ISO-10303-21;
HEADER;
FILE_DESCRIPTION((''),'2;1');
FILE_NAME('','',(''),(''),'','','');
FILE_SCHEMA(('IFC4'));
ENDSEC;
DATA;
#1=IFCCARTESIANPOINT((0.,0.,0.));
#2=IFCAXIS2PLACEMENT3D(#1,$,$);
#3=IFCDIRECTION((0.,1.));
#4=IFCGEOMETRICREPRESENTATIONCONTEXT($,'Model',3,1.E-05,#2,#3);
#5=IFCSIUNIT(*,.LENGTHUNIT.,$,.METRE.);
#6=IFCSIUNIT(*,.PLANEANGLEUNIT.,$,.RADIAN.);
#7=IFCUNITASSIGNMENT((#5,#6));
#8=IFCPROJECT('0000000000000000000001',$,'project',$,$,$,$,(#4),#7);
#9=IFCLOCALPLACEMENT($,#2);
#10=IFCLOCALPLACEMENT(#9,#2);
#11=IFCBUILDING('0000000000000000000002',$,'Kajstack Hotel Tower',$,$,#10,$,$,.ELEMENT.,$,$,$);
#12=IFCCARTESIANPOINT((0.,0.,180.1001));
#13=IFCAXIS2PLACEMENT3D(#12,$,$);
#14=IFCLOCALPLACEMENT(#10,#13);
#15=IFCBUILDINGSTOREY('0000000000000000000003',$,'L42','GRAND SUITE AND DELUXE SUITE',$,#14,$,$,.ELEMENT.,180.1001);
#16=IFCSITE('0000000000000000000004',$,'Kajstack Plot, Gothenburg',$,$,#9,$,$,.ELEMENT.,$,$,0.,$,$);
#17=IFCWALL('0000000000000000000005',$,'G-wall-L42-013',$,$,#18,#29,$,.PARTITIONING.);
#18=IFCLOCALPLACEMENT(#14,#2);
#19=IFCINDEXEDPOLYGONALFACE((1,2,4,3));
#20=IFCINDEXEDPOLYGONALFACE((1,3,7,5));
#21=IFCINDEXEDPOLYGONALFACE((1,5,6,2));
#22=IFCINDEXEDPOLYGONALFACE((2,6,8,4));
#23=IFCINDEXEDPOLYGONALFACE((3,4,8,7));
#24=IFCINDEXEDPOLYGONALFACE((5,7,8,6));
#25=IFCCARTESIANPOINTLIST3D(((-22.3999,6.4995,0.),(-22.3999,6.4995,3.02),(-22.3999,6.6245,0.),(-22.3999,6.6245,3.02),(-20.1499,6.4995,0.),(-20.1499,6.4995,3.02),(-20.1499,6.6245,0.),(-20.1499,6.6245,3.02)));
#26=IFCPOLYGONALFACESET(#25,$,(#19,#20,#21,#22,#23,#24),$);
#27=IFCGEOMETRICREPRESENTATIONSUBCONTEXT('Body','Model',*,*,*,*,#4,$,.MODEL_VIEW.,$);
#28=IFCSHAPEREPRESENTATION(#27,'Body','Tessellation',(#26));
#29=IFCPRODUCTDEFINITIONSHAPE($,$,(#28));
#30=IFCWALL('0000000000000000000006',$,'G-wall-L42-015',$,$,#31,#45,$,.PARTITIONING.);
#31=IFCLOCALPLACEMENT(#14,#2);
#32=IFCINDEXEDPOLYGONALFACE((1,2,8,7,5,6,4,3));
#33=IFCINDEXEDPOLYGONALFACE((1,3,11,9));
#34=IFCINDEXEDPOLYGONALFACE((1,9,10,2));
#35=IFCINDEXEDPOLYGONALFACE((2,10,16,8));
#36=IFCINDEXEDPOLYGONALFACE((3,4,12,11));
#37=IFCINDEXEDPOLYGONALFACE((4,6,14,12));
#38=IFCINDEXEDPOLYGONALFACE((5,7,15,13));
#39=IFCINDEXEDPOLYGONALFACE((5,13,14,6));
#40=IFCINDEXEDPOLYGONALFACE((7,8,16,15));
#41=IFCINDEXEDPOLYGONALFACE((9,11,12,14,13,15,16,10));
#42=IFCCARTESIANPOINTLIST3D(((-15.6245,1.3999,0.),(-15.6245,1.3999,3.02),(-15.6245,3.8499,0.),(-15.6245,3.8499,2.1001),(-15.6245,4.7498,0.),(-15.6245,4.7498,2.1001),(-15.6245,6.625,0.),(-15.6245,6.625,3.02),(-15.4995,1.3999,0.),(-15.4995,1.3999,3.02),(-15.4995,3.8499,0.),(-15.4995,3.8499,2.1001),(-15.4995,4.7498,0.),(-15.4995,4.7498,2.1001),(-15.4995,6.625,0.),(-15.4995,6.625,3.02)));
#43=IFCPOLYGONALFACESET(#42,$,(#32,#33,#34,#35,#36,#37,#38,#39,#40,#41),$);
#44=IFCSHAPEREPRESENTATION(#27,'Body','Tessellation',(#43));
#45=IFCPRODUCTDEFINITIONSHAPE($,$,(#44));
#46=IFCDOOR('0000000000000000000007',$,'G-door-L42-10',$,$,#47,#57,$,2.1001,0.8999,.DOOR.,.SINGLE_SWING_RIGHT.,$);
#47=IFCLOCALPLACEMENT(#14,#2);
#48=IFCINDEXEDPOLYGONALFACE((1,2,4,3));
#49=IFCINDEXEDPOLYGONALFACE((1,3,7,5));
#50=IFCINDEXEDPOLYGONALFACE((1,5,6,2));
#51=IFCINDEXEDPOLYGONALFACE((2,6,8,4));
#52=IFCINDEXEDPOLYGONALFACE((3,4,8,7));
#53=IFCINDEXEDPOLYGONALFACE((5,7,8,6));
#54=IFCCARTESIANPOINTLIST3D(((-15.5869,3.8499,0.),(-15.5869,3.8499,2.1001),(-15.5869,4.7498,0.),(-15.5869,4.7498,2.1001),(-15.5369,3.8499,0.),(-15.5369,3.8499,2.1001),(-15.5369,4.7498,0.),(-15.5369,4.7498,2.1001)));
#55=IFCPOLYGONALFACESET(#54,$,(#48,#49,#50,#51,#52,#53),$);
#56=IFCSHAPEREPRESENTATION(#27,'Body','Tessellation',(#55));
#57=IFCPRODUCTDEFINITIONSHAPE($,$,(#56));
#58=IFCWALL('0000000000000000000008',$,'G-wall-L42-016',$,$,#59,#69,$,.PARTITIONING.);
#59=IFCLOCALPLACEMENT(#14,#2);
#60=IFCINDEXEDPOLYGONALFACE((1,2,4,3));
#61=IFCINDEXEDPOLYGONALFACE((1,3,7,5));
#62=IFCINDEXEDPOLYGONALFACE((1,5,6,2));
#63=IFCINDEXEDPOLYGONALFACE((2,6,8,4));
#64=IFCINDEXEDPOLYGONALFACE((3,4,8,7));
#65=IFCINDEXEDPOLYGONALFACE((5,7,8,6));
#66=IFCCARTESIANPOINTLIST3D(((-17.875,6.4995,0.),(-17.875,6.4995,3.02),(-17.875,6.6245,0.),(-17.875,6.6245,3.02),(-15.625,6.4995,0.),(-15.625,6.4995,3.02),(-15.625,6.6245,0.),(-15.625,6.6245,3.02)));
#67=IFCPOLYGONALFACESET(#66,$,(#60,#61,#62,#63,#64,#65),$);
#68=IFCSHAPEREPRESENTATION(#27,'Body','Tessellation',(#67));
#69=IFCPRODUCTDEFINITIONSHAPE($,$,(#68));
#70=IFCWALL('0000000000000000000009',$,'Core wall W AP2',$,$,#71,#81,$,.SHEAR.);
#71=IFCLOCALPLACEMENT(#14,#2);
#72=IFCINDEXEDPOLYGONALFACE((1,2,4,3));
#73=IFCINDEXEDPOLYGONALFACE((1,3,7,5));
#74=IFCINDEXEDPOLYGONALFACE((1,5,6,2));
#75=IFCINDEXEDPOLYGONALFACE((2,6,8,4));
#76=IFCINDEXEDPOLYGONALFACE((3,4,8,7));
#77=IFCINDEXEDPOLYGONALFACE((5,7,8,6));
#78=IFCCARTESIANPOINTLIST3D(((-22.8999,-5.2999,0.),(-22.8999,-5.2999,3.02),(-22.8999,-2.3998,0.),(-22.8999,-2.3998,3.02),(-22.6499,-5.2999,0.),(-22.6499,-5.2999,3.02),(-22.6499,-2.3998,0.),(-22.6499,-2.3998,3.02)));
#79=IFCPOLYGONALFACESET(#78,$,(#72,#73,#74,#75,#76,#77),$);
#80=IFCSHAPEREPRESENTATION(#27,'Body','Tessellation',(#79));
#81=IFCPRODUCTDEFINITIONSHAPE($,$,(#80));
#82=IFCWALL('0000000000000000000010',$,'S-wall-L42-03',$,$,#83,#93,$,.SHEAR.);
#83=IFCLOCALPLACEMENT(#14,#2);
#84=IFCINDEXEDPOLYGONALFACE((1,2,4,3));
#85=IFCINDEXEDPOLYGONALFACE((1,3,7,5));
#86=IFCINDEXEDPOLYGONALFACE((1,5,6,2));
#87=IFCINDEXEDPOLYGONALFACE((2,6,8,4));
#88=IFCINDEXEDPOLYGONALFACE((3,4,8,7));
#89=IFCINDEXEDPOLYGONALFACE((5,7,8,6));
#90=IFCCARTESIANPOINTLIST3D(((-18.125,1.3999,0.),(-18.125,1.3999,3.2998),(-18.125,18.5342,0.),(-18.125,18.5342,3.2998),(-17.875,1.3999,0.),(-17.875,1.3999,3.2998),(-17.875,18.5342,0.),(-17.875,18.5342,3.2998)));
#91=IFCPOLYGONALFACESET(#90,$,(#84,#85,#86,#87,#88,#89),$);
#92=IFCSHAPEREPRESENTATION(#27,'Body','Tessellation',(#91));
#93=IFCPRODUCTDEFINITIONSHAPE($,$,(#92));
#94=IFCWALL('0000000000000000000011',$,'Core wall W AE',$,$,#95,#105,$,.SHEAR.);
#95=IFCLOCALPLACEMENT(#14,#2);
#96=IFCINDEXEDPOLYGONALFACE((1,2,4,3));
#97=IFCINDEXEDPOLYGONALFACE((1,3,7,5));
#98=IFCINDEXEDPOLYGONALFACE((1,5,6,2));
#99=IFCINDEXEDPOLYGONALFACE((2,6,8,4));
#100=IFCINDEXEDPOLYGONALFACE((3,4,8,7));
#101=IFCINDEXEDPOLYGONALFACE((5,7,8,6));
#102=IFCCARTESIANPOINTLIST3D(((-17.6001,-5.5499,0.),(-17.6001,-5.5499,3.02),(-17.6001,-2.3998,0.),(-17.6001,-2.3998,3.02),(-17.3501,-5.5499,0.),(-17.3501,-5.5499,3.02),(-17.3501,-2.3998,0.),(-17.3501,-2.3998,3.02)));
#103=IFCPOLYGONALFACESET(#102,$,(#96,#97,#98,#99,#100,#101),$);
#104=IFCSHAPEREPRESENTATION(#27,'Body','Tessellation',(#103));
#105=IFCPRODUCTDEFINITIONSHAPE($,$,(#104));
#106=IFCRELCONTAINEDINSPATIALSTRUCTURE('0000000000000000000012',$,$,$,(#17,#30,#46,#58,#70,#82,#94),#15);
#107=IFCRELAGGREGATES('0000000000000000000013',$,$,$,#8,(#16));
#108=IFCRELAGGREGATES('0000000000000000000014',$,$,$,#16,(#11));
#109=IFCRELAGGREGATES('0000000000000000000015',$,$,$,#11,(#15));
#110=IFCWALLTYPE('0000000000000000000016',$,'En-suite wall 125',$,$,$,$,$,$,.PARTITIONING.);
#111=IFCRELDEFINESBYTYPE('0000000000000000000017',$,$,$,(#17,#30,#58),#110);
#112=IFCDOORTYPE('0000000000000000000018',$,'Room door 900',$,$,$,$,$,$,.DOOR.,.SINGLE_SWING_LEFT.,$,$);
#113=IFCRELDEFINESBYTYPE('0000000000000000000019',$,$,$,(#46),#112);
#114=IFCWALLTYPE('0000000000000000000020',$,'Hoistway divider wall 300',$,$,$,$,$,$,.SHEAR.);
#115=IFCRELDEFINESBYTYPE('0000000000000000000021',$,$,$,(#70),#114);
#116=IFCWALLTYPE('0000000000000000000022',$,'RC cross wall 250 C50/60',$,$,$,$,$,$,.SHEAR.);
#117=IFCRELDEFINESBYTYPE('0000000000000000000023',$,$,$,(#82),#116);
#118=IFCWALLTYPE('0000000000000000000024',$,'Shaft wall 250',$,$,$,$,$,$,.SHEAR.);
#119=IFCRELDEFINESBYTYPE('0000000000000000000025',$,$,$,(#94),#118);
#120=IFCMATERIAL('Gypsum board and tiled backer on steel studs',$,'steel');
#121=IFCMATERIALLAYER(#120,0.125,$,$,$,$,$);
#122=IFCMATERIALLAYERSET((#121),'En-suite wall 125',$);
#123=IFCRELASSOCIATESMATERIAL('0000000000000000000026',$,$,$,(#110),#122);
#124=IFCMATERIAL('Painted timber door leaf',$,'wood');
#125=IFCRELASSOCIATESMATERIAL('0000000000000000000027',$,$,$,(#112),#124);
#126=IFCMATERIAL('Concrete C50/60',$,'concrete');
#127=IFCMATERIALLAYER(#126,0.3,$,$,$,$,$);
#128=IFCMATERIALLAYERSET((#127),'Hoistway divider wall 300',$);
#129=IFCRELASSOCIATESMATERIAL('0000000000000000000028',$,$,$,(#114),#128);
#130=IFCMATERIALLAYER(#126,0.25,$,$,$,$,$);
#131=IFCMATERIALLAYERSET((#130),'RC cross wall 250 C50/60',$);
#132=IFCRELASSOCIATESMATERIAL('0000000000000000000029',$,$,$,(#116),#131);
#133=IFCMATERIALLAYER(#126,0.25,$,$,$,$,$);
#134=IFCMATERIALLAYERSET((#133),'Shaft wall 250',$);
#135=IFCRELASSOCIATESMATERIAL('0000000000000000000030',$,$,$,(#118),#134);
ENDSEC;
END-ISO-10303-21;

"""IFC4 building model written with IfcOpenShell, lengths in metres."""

from ifc_helpers import new_model, si_unit, direction, frame, frame_2d, origin, place, context, subcontext, project, spatial, rectangle, extrude, material, layer, layer_set, type_object, element, fill, save


model = new_model("IFC4")

# Units and contexts
model_context = context("Model", 3, precision=1e-05, world=origin(), true_north=direction((0.0, 1.0)))
body_context = subcontext(model_context, "Body", "Model", "MODEL_VIEW")
ifc_project = project(units=[si_unit("LENGTHUNIT", "METRE"), si_unit("PLANEANGLEUNIT", "RADIAN")], contexts=[model_context])

# Site, building, storey
site_placement = place(None, origin())
site = spatial("IfcSite", under=ifc_project, at=site_placement, Name="Kajstack Plot, Gothenburg", CompositionType="ELEMENT", RefElevation=0.0)
building_placement = place(site_placement, origin())
building = spatial("IfcBuilding", under=site, at=building_placement, Name="Kajstack Hotel Tower", CompositionType="ELEMENT")
storey_placement = place(building_placement, frame((0.0, 0.0, 180.1001)))
storey = spatial("IfcBuildingStorey", under=building, at=storey_placement, Name="L42", Description="GRAND SUITE AND DELUXE SUITE", CompositionType="ELEMENT", Elevation=180.1001)

# Shared definitions
ifc_material_1 = material(Name="Gypsum board and tiled backer on steel studs", Category="steel")
ifc_layer_1 = layer(ifc_material_1, 0.125)
ifc_layer_set_1 = layer_set([ifc_layer_1], Name="En-suite wall 125")
wall_type_1 = type_object("IfcWallType", Name="En-suite wall 125", PredefinedType="PARTITIONING", material=ifc_layer_set_1)
ifc_material_2 = material(Name="Painted timber door leaf", Category="wood")
door_type_1 = type_object("IfcDoorType", Name="Room door 900", OperationType="SINGLE_SWING_LEFT", PredefinedType="DOOR", material=ifc_material_2)

# Wall
wall_1_placement = place(storey_placement, frame((-22.3999, 6.562, 0.0), z_axis=(0.0, 0.0, 1.0), x_axis=(1.0, 0.0, 0.0)))
element("IfcWall", 1, at=wall_1_placement, inside=storey, type_object=wall_type_1, Name="G-wall-L42-013", PredefinedType="PARTITIONING", context=body_context, shape_type="SweptSolid", body=[
    extrude(rectangle(XDim=2.25, YDim=0.125, at=frame_2d((1.125, 0.0))), origin(), (0.0, 0.0, 1.0), 3.02),
])

# Wall, opening, door
wall_2_placement = place(storey_placement, frame((-15.562, 1.3999, 0.0), z_axis=(0.0, 0.0, 1.0), x_axis=(0.0, 1.0, 0.0)))
wall_2 = element("IfcWall", 2, at=wall_2_placement, inside=storey, type_object=wall_type_1, Name="G-wall-L42-015", PredefinedType="PARTITIONING", context=body_context, shape_type="SweptSolid", body=[
    extrude(rectangle(XDim=5.2251, YDim=0.125, at=frame_2d((2.6125, 0.0))), origin(), (0.0, 0.0, 1.0), 3.02),
])
opening_1_placement = place(wall_2_placement, frame((2.45, 0.0, 0.0)))
opening_1 = element("IfcOpeningElement", 3, at=opening_1_placement, cuts=wall_2, PredefinedType="OPENING", context=body_context, shape_type="SweptSolid", body=[
    extrude(rectangle(XDim=0.8999, YDim=2.1001, at=frame_2d((0.45, 1.05))), frame((0.0, 0.0725, 0.0), z_axis=(0.0, -1.0, 0.0), x_axis=(1.0, 0.0, 0.0)), (0.0, 0.0, 1.0), 0.145),
])
door_1_placement = place(opening_1_placement, origin())
door_1 = element("IfcDoor", 4, at=door_1_placement, inside=storey, type_object=door_type_1, Name="G-door-L42-10", OperationType="SINGLE_SWING_RIGHT", OverallHeight=2.1001, OverallWidth=0.8999, PredefinedType="DOOR", context=body_context, shape_type="SweptSolid", body=[
    extrude(rectangle(XDim=0.8999, YDim=2.1001, at=frame_2d((0.45, 1.05))), frame((0.0, 0.0249, 0.0), z_axis=(0.0, -1.0, 0.0), x_axis=(1.0, 0.0, 0.0)), (0.0, 0.0, 1.0), 0.05),
])
fill(opening_1, door_1)

# Walls
wall_3_placement = place(storey_placement, frame((-17.875, 6.562, 0.0), z_axis=(0.0, 0.0, 1.0), x_axis=(1.0, 0.0, 0.0)))
element("IfcWall", 5, at=wall_3_placement, inside=storey, type_object=wall_type_1, Name="G-wall-L42-016", PredefinedType="PARTITIONING", context=body_context, shape_type="SweptSolid", body=[
    extrude(rectangle(XDim=2.25, YDim=0.125, at=frame_2d((1.125, 0.0))), origin(), (0.0, 0.0, 1.0), 3.02),
])
ifc_material_3 = material(Name="Concrete C50/60", Category="concrete")
ifc_layer_2 = layer(ifc_material_3, 0.3)
ifc_layer_set_2 = layer_set([ifc_layer_2], Name="Hoistway divider wall 300")
wall_type_2 = type_object("IfcWallType", Name="Hoistway divider wall 300", PredefinedType="SHEAR", material=ifc_layer_set_2)
wall_4_placement = place(storey_placement, frame((-22.7749, -5.3, 0.0), z_axis=(0.0, 0.0, 1.0), x_axis=(0.0, 1.0, 0.0)))
element("IfcWall", 6, at=wall_4_placement, inside=storey, type_object=wall_type_2, Name="Core wall W AP2", PredefinedType="SHEAR", context=body_context, shape_type="SweptSolid", body=[
    extrude(rectangle(XDim=2.9001, YDim=0.25, at=frame_2d((1.4502, 0.0))), origin(), (0.0, 0.0, 1.0), 3.02),
])
ifc_layer_3 = layer(ifc_material_3, 0.25)
ifc_layer_set_3 = layer_set([ifc_layer_3], Name="RC cross wall 250 C50/60")
wall_type_3 = type_object("IfcWallType", Name="RC cross wall 250 C50/60", PredefinedType="SHEAR", material=ifc_layer_set_3)
wall_5_placement = place(storey_placement, frame((-18.0, 1.3999, 0.0), z_axis=(0.0, 0.0, 1.0), x_axis=(0.0, 1.0, 0.0)))
element("IfcWall", 7, at=wall_5_placement, inside=storey, type_object=wall_type_3, Name="S-wall-L42-03", PredefinedType="SHEAR", context=body_context, shape_type="SweptSolid", body=[
    extrude(rectangle(XDim=17.1343, YDim=0.25, at=frame_2d((8.5671, 0.0))), origin(), (0.0, 0.0, 1.0), 3.2998),
])
ifc_layer_4 = layer(ifc_material_3, 0.25)
ifc_layer_set_4 = layer_set([ifc_layer_4], Name="Shaft wall 250")
wall_type_4 = type_object("IfcWallType", Name="Shaft wall 250", PredefinedType="SHEAR", material=ifc_layer_set_4)
wall_6_placement = place(storey_placement, frame((-17.4751, -5.55, 0.0), z_axis=(0.0, 0.0, 1.0), x_axis=(0.0, 1.0, 0.0)))
element("IfcWall", 8, at=wall_6_placement, inside=storey, type_object=wall_type_4, Name="Core wall W AE", PredefinedType="SHEAR", context=body_context, shape_type="SweptSolid", body=[
    extrude(rectangle(XDim=3.1501, YDim=0.25, at=frame_2d((1.5752, 0.0))), origin(), (0.0, 0.0, 1.0), 3.02),
])

save(model, "model.ifc")
